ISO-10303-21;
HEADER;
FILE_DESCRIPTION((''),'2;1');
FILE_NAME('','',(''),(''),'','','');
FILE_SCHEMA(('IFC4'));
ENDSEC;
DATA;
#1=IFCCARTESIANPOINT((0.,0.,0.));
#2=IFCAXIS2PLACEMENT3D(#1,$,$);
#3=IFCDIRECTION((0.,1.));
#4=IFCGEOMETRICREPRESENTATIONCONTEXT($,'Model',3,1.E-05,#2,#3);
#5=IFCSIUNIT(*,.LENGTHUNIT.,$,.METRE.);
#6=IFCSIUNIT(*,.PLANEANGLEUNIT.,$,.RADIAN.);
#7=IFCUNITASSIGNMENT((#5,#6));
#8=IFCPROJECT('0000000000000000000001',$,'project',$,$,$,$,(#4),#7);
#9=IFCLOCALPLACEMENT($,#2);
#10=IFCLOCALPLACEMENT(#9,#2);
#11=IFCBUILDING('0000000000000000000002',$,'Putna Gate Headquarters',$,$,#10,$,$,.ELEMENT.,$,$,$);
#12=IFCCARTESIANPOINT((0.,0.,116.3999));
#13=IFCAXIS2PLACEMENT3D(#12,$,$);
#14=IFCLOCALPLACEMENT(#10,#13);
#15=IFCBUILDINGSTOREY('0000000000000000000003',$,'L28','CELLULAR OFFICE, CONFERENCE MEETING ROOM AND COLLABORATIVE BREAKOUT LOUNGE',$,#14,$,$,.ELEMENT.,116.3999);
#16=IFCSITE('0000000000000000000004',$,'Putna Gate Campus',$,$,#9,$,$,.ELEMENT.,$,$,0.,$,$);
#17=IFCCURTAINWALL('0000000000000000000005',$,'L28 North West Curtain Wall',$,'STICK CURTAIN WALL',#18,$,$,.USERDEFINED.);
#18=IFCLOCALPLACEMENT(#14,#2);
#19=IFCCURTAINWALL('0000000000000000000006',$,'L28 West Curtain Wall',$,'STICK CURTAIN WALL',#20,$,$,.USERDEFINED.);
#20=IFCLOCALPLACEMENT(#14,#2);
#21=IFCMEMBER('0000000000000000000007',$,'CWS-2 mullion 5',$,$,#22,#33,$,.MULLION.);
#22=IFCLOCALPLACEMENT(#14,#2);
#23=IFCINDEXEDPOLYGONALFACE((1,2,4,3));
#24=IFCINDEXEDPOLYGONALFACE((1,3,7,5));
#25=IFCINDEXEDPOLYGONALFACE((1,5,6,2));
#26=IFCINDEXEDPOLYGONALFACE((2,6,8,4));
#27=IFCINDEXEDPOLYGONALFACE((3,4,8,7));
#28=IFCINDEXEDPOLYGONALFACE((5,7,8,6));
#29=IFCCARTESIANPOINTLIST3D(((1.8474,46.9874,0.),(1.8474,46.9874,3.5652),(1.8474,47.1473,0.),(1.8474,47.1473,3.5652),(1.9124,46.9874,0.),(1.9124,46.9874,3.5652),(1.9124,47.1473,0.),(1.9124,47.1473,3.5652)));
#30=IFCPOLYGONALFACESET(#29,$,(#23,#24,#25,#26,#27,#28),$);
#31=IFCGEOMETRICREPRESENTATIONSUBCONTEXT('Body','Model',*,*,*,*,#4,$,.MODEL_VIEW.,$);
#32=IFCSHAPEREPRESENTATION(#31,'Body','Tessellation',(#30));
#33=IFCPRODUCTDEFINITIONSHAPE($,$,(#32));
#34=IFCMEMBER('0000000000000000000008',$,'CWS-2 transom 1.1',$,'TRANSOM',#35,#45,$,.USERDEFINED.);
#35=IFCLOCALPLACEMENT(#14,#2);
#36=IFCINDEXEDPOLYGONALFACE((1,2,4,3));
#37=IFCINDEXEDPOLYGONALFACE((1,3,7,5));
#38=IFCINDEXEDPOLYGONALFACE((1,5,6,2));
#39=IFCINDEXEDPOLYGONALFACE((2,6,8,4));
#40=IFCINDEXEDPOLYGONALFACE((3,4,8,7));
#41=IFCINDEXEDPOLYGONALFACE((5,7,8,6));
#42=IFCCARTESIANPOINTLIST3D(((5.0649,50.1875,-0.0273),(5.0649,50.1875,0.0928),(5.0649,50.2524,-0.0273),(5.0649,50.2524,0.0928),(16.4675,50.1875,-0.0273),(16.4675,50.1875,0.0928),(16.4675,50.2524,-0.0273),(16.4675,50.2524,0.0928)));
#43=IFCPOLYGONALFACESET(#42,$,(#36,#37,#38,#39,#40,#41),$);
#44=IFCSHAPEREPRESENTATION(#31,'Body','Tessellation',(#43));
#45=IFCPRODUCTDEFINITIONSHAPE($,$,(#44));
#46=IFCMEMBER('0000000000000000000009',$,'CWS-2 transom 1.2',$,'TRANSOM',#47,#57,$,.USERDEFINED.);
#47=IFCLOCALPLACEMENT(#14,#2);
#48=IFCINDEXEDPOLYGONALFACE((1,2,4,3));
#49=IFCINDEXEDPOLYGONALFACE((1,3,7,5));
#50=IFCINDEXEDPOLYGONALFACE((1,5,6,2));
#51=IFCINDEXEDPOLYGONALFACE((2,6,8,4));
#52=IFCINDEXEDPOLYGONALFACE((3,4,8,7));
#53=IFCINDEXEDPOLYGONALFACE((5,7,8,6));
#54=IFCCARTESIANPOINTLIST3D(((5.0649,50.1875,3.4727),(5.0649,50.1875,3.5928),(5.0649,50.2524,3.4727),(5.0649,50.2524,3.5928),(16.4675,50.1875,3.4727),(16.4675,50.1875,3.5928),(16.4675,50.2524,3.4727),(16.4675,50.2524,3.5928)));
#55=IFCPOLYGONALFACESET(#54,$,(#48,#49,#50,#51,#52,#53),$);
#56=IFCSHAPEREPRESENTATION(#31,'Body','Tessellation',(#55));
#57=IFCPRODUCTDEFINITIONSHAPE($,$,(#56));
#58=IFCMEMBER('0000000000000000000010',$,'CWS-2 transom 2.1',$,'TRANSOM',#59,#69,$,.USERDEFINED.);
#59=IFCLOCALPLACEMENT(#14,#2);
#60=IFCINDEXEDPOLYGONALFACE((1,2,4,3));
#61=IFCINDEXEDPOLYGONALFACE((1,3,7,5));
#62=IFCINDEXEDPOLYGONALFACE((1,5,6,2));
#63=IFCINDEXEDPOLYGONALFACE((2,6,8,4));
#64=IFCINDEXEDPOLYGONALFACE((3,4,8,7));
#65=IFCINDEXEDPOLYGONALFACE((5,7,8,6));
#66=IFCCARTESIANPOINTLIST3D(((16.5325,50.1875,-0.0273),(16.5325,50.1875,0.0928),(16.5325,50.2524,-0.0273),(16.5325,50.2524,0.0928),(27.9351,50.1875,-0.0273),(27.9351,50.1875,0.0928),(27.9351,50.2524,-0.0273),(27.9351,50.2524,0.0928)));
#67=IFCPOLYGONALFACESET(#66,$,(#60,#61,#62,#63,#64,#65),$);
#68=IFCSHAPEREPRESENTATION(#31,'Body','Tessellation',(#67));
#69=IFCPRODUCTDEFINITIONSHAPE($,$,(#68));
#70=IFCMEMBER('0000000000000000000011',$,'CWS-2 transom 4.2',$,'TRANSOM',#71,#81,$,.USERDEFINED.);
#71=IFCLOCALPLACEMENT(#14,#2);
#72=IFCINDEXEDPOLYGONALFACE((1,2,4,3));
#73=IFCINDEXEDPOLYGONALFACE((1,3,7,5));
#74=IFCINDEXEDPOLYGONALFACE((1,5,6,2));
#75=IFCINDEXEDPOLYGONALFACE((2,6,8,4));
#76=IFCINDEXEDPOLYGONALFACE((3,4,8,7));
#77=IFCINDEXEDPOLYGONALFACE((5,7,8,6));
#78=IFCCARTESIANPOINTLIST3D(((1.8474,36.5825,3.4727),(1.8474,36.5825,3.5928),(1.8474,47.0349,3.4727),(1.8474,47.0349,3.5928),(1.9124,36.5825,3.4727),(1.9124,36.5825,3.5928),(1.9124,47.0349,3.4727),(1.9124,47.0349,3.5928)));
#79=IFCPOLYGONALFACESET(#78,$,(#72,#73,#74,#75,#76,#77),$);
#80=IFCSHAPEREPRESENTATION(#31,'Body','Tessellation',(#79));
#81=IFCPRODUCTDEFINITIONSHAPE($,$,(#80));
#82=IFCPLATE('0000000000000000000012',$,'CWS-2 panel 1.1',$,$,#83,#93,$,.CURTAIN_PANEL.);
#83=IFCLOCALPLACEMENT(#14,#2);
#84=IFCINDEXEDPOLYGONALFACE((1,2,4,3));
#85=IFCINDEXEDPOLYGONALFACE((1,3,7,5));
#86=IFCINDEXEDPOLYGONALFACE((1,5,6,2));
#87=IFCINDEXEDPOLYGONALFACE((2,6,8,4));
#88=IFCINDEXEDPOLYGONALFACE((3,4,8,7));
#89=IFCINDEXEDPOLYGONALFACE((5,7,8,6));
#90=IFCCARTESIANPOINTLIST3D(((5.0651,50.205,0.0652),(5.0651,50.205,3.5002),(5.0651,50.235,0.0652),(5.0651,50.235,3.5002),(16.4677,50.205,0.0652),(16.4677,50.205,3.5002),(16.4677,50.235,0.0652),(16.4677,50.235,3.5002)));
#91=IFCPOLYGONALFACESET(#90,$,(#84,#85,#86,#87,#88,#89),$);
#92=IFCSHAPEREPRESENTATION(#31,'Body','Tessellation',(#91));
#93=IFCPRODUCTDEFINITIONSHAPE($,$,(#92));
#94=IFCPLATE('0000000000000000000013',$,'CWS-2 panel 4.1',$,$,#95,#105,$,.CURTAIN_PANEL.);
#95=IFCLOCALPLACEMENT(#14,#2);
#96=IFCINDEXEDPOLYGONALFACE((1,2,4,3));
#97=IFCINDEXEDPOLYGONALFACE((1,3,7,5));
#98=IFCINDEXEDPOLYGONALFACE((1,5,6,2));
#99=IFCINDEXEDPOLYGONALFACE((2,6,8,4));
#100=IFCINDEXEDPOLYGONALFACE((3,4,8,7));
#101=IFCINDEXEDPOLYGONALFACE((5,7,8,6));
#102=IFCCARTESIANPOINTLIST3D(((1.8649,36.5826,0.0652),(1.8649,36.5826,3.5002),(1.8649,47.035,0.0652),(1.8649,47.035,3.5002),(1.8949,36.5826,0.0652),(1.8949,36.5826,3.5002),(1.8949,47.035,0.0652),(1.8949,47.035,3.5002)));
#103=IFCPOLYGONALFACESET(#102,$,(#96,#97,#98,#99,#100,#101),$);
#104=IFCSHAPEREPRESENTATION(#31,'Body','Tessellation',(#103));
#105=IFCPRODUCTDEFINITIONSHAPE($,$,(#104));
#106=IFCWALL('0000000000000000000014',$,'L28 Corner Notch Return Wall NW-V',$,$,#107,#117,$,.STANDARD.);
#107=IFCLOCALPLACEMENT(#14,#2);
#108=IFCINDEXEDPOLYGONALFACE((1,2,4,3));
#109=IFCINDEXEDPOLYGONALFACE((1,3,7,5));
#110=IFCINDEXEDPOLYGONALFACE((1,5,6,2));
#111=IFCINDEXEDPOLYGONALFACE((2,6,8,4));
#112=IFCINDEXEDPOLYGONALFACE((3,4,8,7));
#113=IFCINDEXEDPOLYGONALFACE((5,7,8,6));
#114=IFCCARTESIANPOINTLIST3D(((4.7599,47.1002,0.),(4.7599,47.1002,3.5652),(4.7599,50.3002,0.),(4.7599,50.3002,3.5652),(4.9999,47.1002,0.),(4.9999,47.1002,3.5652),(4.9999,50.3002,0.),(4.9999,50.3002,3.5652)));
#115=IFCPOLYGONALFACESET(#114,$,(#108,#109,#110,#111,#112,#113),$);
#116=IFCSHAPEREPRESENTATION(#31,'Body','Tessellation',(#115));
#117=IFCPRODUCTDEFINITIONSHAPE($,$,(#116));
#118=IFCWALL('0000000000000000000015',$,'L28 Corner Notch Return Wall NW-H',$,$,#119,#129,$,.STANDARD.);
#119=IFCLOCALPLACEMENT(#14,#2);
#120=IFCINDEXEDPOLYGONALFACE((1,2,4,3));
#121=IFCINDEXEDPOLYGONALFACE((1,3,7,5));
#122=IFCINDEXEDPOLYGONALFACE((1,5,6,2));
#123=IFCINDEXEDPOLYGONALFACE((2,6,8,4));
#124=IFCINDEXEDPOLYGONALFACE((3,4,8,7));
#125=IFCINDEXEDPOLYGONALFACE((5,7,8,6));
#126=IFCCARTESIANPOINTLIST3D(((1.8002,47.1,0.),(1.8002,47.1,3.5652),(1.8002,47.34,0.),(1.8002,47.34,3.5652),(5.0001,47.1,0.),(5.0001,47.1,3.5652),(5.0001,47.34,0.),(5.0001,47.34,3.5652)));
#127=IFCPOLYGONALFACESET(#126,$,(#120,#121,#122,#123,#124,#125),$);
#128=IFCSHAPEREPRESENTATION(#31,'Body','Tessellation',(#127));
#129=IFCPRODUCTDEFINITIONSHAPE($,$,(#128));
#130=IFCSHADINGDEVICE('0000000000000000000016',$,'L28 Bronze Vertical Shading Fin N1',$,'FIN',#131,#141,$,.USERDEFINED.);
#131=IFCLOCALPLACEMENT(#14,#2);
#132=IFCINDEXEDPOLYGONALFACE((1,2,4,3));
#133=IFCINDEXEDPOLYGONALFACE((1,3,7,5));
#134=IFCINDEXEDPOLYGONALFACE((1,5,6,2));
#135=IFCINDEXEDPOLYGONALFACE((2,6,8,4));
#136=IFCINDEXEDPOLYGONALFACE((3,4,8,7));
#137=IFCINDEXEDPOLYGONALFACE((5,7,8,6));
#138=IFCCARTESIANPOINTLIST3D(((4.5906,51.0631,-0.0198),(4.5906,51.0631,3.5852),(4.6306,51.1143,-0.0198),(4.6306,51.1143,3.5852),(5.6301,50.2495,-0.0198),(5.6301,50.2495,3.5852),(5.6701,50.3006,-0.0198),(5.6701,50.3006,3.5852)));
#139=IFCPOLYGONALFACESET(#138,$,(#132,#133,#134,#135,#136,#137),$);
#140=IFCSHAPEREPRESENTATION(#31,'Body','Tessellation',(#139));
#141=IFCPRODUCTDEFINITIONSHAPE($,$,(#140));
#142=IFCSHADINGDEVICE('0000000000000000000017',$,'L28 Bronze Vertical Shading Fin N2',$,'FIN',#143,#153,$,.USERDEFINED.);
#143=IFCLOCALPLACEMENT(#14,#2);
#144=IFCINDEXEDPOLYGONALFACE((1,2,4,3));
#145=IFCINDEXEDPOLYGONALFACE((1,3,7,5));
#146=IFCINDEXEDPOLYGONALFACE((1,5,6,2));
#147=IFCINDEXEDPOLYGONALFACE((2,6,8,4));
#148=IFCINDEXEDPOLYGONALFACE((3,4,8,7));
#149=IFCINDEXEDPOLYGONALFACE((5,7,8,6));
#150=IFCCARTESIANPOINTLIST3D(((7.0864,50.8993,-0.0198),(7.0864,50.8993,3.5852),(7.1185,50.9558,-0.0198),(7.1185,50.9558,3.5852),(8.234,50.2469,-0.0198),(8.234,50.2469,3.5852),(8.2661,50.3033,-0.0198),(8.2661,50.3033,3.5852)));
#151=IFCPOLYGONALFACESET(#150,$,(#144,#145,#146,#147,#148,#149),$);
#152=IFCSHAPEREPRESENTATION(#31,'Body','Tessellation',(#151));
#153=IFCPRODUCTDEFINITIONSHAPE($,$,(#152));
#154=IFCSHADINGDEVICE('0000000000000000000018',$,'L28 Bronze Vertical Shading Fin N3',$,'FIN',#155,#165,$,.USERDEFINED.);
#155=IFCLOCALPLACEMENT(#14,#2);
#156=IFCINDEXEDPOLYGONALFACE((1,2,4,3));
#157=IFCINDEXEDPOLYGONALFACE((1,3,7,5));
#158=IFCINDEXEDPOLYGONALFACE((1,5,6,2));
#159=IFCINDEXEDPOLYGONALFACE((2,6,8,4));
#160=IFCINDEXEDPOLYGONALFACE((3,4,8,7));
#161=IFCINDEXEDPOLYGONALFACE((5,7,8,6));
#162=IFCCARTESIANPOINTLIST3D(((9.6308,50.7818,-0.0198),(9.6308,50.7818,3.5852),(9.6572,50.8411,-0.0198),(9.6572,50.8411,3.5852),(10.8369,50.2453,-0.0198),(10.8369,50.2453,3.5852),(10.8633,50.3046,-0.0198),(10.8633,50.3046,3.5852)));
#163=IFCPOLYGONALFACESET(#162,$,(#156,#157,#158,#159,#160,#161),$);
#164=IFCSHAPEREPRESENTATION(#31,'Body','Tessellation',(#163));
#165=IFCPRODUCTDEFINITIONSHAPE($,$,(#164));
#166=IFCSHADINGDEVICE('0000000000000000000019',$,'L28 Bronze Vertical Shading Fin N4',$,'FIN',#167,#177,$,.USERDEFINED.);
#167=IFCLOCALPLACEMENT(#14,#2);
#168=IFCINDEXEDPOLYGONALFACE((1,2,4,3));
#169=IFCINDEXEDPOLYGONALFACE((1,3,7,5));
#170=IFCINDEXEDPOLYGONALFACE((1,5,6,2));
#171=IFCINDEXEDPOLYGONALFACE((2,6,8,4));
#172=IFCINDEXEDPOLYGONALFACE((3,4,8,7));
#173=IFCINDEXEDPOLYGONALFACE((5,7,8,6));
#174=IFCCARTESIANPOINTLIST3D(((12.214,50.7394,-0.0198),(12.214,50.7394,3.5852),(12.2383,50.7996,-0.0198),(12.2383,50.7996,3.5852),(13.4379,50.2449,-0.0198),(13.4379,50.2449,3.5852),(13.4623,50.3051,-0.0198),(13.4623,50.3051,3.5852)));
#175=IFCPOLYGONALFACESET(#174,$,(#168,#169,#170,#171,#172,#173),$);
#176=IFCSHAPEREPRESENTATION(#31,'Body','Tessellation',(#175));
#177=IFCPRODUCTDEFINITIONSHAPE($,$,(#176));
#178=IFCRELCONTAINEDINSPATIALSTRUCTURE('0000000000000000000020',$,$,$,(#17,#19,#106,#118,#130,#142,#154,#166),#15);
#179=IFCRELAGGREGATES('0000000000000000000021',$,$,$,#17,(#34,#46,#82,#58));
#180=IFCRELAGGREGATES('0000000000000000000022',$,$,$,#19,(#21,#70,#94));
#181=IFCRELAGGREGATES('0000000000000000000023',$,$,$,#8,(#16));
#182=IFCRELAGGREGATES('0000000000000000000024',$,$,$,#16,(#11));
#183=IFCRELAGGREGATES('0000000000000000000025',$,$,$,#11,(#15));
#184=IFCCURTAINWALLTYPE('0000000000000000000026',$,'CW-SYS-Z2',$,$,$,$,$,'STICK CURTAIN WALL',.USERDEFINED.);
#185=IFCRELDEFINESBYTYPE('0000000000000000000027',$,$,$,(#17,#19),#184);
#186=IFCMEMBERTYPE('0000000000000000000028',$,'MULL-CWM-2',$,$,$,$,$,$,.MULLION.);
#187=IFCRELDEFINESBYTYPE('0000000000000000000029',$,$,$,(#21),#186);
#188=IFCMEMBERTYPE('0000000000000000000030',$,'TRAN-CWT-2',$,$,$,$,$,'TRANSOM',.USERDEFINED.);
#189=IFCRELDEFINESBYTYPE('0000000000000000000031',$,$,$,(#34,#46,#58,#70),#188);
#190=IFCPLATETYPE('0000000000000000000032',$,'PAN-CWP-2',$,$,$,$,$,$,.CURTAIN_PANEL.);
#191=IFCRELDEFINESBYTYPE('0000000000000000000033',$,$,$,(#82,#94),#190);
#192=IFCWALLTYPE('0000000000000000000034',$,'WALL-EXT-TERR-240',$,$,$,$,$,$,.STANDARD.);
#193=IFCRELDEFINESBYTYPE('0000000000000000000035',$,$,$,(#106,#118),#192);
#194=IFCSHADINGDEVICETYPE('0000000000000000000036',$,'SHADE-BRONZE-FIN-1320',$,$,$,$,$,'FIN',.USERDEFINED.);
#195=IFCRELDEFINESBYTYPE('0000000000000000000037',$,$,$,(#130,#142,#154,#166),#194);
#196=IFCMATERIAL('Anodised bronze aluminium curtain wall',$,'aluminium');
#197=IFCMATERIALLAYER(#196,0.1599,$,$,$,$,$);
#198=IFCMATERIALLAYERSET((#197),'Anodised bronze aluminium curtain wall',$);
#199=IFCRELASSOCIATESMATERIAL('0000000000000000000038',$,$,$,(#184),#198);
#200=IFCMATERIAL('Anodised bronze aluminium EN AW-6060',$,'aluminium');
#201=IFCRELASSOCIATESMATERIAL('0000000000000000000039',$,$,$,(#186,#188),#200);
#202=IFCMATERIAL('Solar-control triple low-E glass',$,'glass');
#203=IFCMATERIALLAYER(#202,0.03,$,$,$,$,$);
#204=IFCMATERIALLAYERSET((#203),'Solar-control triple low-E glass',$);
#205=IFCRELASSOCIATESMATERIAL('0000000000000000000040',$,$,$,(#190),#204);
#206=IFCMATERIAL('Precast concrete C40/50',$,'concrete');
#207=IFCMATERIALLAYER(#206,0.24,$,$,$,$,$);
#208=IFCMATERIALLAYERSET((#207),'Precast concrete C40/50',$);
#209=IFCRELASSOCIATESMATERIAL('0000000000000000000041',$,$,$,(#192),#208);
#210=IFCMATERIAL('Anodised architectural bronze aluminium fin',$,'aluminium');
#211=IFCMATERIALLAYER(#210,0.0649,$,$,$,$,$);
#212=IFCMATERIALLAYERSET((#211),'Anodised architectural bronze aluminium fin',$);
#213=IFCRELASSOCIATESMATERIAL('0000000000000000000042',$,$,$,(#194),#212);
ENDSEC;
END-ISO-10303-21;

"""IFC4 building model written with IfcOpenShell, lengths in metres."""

from ifc_helpers import new_model, si_unit, direction, frame, frame_2d, origin, origin_2d, place, context, subcontext, project, spatial, rectangle, extrude, material, layer, layer_set, material_profile, profile_set, type_object, element, aggregate, save


model = new_model("IFC4")

# Units and contexts
model_context = context("Model", 3, precision=1e-05, world=origin(), true_north=direction((0.0, 1.0)))
body_context = subcontext(model_context, "Body", "Model", "MODEL_VIEW")
ifc_project = project(units=[si_unit("LENGTHUNIT", "METRE"), si_unit("PLANEANGLEUNIT", "RADIAN")], contexts=[model_context])

# Site, building, storey
site_placement = place(None, origin())
site = spatial("IfcSite", under=ifc_project, at=site_placement, Name="Putna Gate Campus", CompositionType="ELEMENT", RefElevation=0.0)
building_placement = place(site_placement, origin())
building = spatial("IfcBuilding", under=site, at=building_placement, Name="Putna Gate Headquarters", CompositionType="ELEMENT")
storey_placement = place(building_placement, frame((0.0, 0.0, 116.3999)))
storey = spatial("IfcBuildingStorey", under=building, at=storey_placement, Name="L28", Description="CELLULAR OFFICE, CONFERENCE MEETING ROOM AND COLLABORATIVE BREAKOUT LOUNGE", CompositionType="ELEMENT", Elevation=116.3999)

# Curtain wall
ifc_material_1 = material(Name="Anodised bronze aluminium curtain wall", Category="aluminium")
ifc_layer_1 = layer(ifc_material_1, 0.1599)
ifc_layer_set_1 = layer_set([ifc_layer_1], Name="Anodised bronze aluminium curtain wall")
curtain_wall_type = type_object("IfcCurtainWallType", Name="CW-SYS-Z2", ElementType="STICK CURTAIN WALL", PredefinedType="USERDEFINED", material=ifc_layer_set_1)
curtain_wall_1_placement = place(storey_placement, origin())
curtain_wall_1 = element("IfcCurtainWall", 1, at=curtain_wall_1_placement, inside=storey, type_object=curtain_wall_type, Name="L28 North West Curtain Wall", ObjectType="STICK CURTAIN WALL", PredefinedType="USERDEFINED")
ifc_material_2 = material(Name="Anodised bronze aluminium EN AW-6060", Category="aluminium")
ifc_material_profile_1 = material_profile(ifc_material_2, rectangle(XDim=0.0649, YDim=0.1599, at=origin_2d()), Name="Anodised bronze aluminium EN AW-6060")
ifc_profile_set_1 = profile_set([ifc_material_profile_1], Name="Anodised bronze aluminium EN AW-6060")
member_type_1 = type_object("IfcMemberType", Name="MULL-CWM-2", PredefinedType="MULLION", material=ifc_profile_set_1)

# Curtain wall, member
curtain_wall_2_placement = place(storey_placement, origin())
curtain_wall_2 = element("IfcCurtainWall", 2, at=curtain_wall_2_placement, inside=storey, type_object=curtain_wall_type, Name="L28 West Curtain Wall", ObjectType="STICK CURTAIN WALL", PredefinedType="USERDEFINED")
member_1_placement = place(storey_placement, frame((1.8799, 47.0674, 0.0), z_axis=(0.0, 0.0, 1.0), x_axis=(-1.0, 0.0, 0.0)))
member_1 = element("IfcMember", 3, at=member_1_placement, type_object=member_type_1, Name="CWS-2 mullion 5", PredefinedType="MULLION", context=body_context, shape_type="SweptSolid", body=[
    extrude(rectangle(XDim=0.0649, YDim=0.1599, at=origin_2d()), origin(), (0.0, 0.0, 1.0), 3.5652),
])

# Members
ifc_material_profile_2 = material_profile(ifc_material_2, rectangle(XDim=0.0649, YDim=0.1201, at=origin_2d()), Name="Anodised bronze aluminium EN AW-6060")
ifc_profile_set_2 = profile_set([ifc_material_profile_2], Name="Anodised bronze aluminium EN AW-6060")
member_type_2 = type_object("IfcMemberType", Name="TRAN-CWT-2", ElementType="TRANSOM", PredefinedType="USERDEFINED", material=ifc_profile_set_2)
member_2_placement = place(storey_placement, frame((5.0649, 50.22, 0.0327), z_axis=(1.0, 0.0, 0.0), x_axis=(0.0, 1.0, 0.0)))
member_2 = element("IfcMember", 4, at=member_2_placement, type_object=member_type_2, Name="CWS-2 transom 1.1", ObjectType="TRANSOM", PredefinedType="USERDEFINED", context=body_context, shape_type="SweptSolid", body=[
    extrude(rectangle(XDim=0.0649, YDim=0.1201, at=origin_2d()), origin(), (0.0, 0.0, 1.0), 11.4026),
])
member_3_placement = place(storey_placement, frame((5.0649, 50.22, 3.5327), z_axis=(1.0, 0.0, 0.0), x_axis=(0.0, 1.0, 0.0)))
member_3 = element("IfcMember", 5, at=member_3_placement, type_object=member_type_2, Name="CWS-2 transom 1.2", ObjectType="TRANSOM", PredefinedType="USERDEFINED", context=body_context, shape_type="SweptSolid", body=[
    extrude(rectangle(XDim=0.0649, YDim=0.1201, at=origin_2d()), origin(), (0.0, 0.0, 1.0), 11.4026),
])
member_4_placement = place(storey_placement, frame((16.5325, 50.22, 0.0327), z_axis=(1.0, 0.0, 0.0), x_axis=(0.0, 1.0, 0.0)))
member_4 = element("IfcMember", 6, at=member_4_placement, type_object=member_type_2, Name="CWS-2 transom 2.1", ObjectType="TRANSOM", PredefinedType="USERDEFINED", context=body_context, shape_type="SweptSolid", body=[
    extrude(rectangle(XDim=0.0649, YDim=0.1201, at=origin_2d()), origin(), (0.0, 0.0, 1.0), 11.4026),
])
member_5_placement = place(storey_placement, frame((1.8799, 36.5825, 3.5327), z_axis=(0.0, 1.0, 0.0), x_axis=(-1.0, 0.0, 0.0)))
member_5 = element("IfcMember", 7, at=member_5_placement, type_object=member_type_2, Name="CWS-2 transom 4.2", ObjectType="TRANSOM", PredefinedType="USERDEFINED", context=body_context, shape_type="SweptSolid", body=[
    extrude(rectangle(XDim=0.0649, YDim=0.1201, at=origin_2d()), origin(), (0.0, 0.0, 1.0), 10.4524),
])

# Plates
ifc_material_3 = material(Name="Solar-control triple low-E glass", Category="glass")
ifc_layer_2 = layer(ifc_material_3, 0.03)
ifc_layer_set_2 = layer_set([ifc_layer_2], Name="Solar-control triple low-E glass")
plate_type = type_object("IfcPlateType", Name="PAN-CWP-2", PredefinedType="CURTAIN_PANEL", material=ifc_layer_set_2)
plate_1_placement = place(storey_placement, frame((10.7664, 50.22, 0.0652), z_axis=(0.0, 0.0, 1.0), x_axis=(1.0, 0.0, 0.0)))
plate_1 = element("IfcPlate", 8, at=plate_1_placement, type_object=plate_type, Name="CWS-2 panel 1.1", PredefinedType="CURTAIN_PANEL", context=body_context, shape_type="SweptSolid", body=[
    extrude(rectangle(XDim=11.4026, YDim=0.03, at=origin_2d()), origin(), (0.0, 0.0, 1.0), 3.4351),
])
aggregate(curtain_wall_1, [member_2, member_3, plate_1, member_4])
plate_2_placement = place(storey_placement, frame((1.8799, 41.8088, 0.0652), z_axis=(0.0, 0.0, 1.0), x_axis=(0.0, 1.0, 0.0)))
plate_2 = element("IfcPlate", 9, at=plate_2_placement, type_object=plate_type, Name="CWS-2 panel 4.1", PredefinedType="CURTAIN_PANEL", context=body_context, shape_type="SweptSolid", body=[
    extrude(rectangle(XDim=10.4524, YDim=0.03, at=origin_2d()), origin(), (0.0, 0.0, 1.0), 3.4351),
])
aggregate(curtain_wall_2, [member_1, member_5, plate_2])

# Walls
ifc_material_4 = material(Name="Precast concrete C40/50", Category="concrete")
ifc_layer_3 = layer(ifc_material_4, 0.24)
ifc_layer_set_3 = layer_set([ifc_layer_3], Name="Precast concrete C40/50")
wall_type = type_object("IfcWallType", Name="WALL-EXT-TERR-240", PredefinedType="STANDARD", material=ifc_layer_set_3)
for number, where, z_axis, x_axis, name in (
    (10, (4.8799, 47.1001, 0.0), (0.0, 0.0, 1.0), (0.0, 1.0, 0.0), "L28 Corner Notch Return Wall NW-V"),
    (11, (1.8, 47.22, 0.0), (0.0, 0.0, 1.0), (1.0, 0.0, 0.0), "L28 Corner Notch Return Wall NW-H"),
):
    element("IfcWall", number, at=place(storey_placement, frame(where, z_axis=z_axis, x_axis=x_axis)), inside=storey, type_object=wall_type, Name=name, PredefinedType="STANDARD", context=body_context, shape_type="SweptSolid", body=[
        extrude(rectangle(XDim=3.2, YDim=0.24, at=frame_2d((1.6001, 0.0))), origin(), (0.0, 0.0, 1.0), 3.5652),
    ])

# Shading devices
ifc_material_5 = material(Name="Anodised architectural bronze aluminium fin", Category="aluminium")
ifc_layer_4 = layer(ifc_material_5, 0.0649)
ifc_layer_set_4 = layer_set([ifc_layer_4], Name="Anodised architectural bronze aluminium fin")
shading_device_type = type_object("IfcShadingDeviceType", Name="SHADE-BRONZE-FIN-1320", ElementType="FIN", PredefinedType="USERDEFINED", material=ifc_layer_set_4)
for number, where, z_axis, x_axis, name in (
    (12, (5.1304, 50.6819, -0.0198), (0.0, 0.0, 1.0), (-0.787473, 0.616349, 0.0), "L28 Bronze Vertical Shading Fin N1"),
    (13, (7.6763, 50.6013, -0.0198), (0.0, 0.0, 1.0), (-0.869322, 0.494245, 0.0), "L28 Bronze Vertical Shading Fin N2"),
    (14, (10.2471, 50.5432, -0.0198), (0.0, 0.0, 1.0), (-0.913687, 0.406418, 0.0), "L28 Bronze Vertical Shading Fin N3"),
    (15, (12.8381, 50.5222, -0.0198), (0.0, 0.0, 1.0), (-0.927184, 0.374607, 0.0), "L28 Bronze Vertical Shading Fin N4"),
):
    element("IfcShadingDevice", number, at=place(storey_placement, frame(where, z_axis=z_axis, x_axis=x_axis)), inside=storey, type_object=shading_device_type, Name=name, ObjectType="FIN", PredefinedType="USERDEFINED", context=body_context, shape_type="SweptSolid", body=[
        extrude(rectangle(XDim=1.3201, YDim=0.0649, at=origin_2d()), origin(), (0.0, 0.0, 1.0), 3.605),
    ])

save(model, "model.ifc")
